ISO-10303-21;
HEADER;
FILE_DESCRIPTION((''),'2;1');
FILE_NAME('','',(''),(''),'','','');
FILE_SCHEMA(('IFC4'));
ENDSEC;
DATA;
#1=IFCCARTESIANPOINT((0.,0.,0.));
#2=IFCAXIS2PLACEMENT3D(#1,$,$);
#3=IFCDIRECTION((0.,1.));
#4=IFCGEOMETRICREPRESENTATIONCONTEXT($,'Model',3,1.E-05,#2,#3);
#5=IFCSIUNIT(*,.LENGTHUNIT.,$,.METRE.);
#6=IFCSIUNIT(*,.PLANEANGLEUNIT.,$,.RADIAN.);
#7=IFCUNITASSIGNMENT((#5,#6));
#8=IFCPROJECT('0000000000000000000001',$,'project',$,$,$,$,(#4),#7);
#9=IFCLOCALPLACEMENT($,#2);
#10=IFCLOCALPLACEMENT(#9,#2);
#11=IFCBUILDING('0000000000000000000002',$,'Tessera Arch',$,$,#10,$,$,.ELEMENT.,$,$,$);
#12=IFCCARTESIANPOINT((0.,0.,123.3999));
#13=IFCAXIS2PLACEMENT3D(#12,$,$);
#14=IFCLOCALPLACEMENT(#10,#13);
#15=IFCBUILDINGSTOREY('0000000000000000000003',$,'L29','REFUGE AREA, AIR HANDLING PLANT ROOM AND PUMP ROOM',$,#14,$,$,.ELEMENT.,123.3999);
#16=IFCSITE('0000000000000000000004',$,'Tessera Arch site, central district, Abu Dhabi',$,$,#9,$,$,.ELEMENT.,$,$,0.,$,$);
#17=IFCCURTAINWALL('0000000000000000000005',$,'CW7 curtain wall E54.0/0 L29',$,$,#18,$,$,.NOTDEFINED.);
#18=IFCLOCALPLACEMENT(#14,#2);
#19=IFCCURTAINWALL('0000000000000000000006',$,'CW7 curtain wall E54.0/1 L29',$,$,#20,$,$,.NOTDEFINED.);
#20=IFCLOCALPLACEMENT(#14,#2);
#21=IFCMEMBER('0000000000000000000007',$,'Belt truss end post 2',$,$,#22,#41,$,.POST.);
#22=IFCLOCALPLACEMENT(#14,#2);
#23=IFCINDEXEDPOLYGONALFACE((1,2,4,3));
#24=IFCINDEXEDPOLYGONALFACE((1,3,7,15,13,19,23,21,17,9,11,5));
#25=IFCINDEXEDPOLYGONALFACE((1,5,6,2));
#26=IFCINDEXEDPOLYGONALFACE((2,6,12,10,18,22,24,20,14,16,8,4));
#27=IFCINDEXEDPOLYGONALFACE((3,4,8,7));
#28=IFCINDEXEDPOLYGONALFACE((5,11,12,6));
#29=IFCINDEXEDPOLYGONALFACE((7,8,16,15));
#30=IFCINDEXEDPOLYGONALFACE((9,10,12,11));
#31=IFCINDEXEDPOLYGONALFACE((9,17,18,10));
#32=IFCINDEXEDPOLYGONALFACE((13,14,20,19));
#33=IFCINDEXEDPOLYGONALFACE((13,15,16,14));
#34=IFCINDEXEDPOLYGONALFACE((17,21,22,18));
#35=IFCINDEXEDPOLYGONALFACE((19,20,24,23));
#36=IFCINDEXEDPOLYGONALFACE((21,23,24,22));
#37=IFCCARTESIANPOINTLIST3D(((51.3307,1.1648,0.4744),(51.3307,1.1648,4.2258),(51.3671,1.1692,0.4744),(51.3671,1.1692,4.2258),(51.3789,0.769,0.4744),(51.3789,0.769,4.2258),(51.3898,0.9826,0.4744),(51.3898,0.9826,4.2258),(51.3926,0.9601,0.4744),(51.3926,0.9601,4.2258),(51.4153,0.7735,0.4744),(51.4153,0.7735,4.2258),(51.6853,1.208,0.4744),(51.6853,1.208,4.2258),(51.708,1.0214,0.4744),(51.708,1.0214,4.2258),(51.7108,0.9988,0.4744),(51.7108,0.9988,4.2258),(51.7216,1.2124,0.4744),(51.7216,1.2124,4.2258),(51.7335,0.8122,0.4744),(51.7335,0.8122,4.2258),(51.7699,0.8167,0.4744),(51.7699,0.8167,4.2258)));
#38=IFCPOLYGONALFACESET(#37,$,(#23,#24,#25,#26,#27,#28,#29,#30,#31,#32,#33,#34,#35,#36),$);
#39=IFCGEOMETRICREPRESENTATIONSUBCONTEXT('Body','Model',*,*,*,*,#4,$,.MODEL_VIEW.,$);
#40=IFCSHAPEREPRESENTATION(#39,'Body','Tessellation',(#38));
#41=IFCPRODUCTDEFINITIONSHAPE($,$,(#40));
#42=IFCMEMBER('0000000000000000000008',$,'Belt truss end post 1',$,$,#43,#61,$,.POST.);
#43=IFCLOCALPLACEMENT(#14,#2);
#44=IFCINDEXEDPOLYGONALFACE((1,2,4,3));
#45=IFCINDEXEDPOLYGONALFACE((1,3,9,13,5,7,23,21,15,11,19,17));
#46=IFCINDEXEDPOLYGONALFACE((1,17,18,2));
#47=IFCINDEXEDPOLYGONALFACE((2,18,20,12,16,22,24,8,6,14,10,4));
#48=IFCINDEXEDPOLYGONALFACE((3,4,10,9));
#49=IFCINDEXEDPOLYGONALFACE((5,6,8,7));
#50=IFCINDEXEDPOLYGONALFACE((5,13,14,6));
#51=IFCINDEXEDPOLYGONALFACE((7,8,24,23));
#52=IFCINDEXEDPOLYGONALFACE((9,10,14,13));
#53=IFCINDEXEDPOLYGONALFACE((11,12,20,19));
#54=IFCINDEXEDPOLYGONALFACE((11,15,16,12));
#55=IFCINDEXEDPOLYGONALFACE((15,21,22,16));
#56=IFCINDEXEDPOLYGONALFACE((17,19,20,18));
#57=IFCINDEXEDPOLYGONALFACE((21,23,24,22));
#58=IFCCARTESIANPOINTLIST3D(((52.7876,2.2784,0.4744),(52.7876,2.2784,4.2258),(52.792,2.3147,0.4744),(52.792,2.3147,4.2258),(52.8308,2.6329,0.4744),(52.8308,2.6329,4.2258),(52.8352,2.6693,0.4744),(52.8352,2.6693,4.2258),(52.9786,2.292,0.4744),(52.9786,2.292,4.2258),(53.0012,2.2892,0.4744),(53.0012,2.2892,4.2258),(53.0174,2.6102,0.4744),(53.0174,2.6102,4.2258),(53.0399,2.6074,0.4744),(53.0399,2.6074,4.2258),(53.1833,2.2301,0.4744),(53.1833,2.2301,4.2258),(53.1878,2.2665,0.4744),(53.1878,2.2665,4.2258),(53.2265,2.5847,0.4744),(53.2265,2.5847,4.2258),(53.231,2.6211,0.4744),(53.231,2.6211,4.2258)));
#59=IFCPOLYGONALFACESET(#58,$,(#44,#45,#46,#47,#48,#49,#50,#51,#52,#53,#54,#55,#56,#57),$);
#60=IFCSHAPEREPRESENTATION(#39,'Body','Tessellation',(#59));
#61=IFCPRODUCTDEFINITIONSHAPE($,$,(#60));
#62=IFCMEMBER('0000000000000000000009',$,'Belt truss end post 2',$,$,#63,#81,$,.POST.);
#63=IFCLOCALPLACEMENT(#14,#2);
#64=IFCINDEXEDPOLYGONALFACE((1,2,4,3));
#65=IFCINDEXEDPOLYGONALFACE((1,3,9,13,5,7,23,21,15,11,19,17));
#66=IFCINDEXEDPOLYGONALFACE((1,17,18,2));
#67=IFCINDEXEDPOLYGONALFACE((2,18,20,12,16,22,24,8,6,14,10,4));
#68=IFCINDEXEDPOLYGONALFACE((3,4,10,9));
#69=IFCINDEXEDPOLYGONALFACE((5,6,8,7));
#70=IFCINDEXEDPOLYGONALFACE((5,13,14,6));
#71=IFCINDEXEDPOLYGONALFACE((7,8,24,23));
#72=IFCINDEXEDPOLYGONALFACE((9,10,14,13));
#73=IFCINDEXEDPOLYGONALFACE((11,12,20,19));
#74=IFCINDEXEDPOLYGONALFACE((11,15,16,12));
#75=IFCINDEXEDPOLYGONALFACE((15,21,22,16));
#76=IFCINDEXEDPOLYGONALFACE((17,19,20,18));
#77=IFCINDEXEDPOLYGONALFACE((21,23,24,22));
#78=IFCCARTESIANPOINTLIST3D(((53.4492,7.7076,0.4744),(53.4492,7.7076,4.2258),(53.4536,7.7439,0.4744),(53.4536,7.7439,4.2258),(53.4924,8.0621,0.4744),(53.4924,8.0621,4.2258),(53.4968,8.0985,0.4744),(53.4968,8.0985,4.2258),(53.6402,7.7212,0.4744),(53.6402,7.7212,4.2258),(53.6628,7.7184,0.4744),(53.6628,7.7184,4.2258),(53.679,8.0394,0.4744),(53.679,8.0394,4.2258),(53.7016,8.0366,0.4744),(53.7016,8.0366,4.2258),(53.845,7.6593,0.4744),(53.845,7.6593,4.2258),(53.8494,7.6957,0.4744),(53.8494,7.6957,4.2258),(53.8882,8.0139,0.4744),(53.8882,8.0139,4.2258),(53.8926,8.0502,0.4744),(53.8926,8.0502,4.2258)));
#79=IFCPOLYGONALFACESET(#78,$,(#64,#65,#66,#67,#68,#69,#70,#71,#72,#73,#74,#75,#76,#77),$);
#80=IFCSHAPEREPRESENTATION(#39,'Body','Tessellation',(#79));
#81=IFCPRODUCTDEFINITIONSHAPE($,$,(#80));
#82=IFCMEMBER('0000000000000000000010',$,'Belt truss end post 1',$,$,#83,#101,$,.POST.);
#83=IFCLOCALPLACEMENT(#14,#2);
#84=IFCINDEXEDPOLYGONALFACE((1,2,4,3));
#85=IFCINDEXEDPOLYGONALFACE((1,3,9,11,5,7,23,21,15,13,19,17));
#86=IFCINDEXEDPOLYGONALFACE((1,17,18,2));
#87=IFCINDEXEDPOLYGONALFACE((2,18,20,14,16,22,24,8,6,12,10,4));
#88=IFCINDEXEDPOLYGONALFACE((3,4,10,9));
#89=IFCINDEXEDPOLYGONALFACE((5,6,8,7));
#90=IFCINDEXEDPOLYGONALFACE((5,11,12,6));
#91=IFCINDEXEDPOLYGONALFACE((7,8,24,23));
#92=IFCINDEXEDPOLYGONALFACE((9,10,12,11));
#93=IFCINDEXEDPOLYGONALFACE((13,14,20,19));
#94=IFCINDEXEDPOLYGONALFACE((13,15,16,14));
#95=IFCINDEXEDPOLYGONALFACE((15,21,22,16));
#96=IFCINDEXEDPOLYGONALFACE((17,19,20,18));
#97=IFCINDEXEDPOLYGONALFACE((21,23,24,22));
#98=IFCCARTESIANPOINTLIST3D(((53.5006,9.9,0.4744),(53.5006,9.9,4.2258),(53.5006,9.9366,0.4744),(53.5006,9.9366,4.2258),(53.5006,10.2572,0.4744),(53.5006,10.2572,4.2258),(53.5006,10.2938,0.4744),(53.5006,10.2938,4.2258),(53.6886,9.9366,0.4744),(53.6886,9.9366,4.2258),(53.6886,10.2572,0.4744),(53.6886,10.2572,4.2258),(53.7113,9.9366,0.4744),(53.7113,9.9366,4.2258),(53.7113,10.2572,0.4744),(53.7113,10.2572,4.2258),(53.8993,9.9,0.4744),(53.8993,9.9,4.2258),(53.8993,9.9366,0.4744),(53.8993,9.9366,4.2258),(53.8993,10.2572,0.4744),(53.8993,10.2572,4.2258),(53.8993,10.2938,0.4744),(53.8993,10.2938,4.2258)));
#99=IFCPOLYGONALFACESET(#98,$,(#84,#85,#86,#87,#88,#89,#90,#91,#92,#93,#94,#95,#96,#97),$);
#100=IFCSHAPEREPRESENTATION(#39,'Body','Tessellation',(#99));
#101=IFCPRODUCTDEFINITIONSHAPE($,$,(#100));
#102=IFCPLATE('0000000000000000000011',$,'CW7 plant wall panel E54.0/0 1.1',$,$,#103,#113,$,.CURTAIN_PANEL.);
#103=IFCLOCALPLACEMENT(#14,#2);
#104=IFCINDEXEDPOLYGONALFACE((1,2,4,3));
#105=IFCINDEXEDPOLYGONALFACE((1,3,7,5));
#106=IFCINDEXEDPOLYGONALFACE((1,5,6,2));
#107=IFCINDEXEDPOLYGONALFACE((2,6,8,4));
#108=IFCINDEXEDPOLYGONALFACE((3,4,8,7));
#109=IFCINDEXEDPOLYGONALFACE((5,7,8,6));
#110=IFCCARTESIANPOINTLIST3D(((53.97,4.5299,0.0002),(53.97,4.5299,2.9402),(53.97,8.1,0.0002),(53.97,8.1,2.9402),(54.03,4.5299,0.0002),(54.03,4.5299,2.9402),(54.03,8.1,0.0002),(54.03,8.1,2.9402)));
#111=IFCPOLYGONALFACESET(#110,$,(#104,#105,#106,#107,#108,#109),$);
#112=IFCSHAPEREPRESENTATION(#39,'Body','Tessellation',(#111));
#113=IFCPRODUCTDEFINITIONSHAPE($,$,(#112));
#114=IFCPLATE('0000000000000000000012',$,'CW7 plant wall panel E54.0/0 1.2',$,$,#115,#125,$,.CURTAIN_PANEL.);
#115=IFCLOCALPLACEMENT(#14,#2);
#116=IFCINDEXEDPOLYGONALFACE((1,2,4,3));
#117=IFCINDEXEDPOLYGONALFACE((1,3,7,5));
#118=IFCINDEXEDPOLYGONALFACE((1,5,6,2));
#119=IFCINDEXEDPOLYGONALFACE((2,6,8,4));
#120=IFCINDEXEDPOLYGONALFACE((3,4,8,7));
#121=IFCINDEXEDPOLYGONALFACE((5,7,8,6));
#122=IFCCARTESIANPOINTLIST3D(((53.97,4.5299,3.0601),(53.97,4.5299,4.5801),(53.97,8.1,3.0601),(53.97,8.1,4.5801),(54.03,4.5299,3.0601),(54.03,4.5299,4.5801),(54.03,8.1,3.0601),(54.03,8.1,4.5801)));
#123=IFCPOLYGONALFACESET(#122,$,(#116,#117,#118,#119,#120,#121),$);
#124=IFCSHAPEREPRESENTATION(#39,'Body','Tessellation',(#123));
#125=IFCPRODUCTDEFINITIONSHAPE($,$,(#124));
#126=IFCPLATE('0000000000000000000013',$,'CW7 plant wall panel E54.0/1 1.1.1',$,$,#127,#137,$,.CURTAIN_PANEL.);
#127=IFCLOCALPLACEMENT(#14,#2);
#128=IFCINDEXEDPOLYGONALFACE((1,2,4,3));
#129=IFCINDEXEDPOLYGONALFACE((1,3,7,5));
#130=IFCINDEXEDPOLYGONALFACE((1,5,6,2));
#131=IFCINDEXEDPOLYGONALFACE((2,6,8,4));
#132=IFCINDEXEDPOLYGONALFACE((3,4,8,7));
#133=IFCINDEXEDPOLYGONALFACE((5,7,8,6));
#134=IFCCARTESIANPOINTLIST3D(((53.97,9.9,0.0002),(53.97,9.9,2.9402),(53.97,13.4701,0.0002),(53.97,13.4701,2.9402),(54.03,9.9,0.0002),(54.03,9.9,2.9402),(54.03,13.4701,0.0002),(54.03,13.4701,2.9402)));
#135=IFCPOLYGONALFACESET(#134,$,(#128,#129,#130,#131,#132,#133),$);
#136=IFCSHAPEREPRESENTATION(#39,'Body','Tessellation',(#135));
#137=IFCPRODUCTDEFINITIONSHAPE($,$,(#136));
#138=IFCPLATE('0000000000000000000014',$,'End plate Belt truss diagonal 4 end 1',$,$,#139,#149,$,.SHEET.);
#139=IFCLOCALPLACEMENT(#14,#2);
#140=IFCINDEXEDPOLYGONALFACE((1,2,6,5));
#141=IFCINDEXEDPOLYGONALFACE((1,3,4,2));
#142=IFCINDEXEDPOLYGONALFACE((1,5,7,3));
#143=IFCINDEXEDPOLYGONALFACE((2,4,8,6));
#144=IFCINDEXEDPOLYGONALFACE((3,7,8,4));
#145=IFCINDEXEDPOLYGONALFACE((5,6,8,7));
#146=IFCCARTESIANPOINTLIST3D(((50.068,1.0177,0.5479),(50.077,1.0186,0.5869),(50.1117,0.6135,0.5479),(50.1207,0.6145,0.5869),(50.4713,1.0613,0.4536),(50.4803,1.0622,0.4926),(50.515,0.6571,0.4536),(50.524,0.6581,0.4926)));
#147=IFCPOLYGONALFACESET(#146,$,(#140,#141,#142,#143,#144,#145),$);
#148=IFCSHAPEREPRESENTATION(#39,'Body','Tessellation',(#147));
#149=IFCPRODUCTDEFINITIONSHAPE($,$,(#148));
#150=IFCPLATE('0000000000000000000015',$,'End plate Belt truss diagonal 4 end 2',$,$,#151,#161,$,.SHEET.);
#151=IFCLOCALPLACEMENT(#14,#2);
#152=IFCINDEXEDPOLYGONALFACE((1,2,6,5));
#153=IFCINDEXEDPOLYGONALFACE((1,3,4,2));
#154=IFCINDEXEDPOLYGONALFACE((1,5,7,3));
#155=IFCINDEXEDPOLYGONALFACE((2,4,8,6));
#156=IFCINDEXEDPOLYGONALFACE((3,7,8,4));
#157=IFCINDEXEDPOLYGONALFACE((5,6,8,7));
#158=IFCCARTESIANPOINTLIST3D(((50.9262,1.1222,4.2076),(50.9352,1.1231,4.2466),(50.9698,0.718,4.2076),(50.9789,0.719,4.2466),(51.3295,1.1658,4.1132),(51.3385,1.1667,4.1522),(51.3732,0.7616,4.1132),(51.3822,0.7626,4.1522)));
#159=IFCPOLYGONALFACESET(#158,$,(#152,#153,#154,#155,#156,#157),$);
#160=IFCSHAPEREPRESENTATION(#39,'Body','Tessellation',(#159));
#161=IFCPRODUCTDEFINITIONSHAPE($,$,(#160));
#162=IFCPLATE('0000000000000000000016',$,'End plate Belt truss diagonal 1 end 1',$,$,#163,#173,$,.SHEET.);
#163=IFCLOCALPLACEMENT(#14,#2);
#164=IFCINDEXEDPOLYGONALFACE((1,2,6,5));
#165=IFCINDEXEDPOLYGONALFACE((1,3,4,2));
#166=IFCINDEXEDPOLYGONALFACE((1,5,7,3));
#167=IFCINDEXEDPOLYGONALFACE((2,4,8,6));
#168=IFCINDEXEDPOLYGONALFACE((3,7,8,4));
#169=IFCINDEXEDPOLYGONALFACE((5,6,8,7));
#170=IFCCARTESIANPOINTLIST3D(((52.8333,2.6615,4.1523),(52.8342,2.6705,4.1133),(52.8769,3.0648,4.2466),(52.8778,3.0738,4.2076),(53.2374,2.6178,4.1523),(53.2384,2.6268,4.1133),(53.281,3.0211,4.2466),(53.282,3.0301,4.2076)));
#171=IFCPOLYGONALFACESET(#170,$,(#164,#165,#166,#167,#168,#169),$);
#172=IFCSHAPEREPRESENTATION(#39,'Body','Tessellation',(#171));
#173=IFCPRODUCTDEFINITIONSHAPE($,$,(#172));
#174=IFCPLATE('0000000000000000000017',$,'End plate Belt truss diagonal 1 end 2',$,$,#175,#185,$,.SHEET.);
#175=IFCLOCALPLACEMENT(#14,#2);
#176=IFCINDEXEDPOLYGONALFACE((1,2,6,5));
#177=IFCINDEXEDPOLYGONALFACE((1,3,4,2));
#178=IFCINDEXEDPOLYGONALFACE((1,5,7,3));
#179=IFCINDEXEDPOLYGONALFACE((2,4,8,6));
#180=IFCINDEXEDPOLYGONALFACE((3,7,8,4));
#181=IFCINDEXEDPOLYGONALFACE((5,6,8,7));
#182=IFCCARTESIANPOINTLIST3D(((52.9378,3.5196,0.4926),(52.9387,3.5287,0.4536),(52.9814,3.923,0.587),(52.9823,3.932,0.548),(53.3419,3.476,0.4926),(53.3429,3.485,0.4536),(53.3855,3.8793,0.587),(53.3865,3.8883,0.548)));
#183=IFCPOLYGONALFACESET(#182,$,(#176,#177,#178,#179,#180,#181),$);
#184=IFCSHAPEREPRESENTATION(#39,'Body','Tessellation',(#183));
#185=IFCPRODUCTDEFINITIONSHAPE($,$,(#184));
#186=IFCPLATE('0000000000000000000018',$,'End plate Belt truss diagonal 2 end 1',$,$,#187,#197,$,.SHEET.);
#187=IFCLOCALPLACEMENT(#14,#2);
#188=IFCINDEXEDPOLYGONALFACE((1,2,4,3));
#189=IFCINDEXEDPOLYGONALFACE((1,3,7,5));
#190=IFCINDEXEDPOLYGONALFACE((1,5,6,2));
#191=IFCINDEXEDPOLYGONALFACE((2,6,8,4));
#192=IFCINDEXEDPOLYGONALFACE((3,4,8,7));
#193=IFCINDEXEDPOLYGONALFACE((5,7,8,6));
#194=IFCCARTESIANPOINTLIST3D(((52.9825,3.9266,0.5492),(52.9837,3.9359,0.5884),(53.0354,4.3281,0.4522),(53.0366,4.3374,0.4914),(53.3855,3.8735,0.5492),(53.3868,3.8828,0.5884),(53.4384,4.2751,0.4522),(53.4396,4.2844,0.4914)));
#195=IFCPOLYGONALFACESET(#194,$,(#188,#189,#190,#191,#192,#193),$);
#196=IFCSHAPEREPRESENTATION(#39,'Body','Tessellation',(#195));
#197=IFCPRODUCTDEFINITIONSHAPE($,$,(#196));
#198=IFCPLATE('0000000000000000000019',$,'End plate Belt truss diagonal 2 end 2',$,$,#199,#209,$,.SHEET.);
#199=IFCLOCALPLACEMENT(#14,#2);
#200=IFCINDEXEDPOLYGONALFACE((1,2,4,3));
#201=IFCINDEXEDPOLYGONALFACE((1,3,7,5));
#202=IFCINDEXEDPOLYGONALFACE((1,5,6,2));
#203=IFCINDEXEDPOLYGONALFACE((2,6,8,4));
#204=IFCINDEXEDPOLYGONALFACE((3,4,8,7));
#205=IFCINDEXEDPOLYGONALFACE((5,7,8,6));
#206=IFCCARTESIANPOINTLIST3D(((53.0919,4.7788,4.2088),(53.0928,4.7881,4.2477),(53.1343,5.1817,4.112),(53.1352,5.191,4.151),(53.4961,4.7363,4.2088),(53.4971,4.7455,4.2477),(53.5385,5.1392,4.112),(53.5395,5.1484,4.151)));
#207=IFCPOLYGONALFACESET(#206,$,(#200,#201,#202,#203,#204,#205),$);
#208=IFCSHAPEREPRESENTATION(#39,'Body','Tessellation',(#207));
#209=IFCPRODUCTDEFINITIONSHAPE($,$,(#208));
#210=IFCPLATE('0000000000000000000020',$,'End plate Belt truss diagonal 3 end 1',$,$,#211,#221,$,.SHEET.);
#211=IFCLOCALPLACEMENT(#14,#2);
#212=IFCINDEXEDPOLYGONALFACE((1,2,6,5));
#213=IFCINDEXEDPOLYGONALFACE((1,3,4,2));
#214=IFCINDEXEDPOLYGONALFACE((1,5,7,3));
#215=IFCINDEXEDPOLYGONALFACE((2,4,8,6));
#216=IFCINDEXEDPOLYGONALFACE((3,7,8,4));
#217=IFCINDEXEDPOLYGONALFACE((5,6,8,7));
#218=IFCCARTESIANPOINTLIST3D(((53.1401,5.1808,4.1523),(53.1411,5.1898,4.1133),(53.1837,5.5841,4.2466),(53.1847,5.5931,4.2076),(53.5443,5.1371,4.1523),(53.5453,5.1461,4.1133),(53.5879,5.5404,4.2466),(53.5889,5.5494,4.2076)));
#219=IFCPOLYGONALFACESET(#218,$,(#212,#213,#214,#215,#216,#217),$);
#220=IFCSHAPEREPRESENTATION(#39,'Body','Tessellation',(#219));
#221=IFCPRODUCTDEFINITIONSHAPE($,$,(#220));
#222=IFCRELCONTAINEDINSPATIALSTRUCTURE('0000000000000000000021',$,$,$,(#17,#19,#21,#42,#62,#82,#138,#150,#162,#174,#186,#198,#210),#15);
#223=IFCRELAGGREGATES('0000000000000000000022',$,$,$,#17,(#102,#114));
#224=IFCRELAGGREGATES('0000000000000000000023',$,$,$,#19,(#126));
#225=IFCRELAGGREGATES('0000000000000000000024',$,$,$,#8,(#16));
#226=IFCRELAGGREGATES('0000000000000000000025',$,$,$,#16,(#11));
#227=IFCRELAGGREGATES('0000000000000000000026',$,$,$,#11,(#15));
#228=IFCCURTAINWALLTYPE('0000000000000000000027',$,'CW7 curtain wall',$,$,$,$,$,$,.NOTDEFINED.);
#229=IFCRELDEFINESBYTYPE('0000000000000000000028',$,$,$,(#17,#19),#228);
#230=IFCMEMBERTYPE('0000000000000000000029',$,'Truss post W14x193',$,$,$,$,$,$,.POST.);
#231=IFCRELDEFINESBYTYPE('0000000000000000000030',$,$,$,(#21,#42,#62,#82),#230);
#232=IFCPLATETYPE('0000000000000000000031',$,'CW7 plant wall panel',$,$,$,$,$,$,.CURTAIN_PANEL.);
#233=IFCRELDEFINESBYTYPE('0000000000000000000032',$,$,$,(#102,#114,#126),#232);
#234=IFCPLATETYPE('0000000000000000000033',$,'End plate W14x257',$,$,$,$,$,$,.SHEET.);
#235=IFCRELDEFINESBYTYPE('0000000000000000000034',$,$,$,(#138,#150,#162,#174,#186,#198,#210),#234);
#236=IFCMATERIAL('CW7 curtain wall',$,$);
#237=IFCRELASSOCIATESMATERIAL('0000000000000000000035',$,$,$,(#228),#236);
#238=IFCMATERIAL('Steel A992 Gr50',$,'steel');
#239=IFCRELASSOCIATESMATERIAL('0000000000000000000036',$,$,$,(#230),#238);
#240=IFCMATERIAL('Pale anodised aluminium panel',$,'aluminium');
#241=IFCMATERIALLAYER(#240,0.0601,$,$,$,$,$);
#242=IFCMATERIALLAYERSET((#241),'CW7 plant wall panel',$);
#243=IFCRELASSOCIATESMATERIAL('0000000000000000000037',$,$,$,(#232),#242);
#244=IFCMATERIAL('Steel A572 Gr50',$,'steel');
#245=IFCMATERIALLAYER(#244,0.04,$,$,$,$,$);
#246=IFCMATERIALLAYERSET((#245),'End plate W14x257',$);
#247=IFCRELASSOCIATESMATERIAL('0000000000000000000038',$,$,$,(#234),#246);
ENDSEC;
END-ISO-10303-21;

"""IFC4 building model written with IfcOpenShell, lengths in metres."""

from ifc_helpers import new_model, si_unit, direction, frame, origin, origin_2d, place, context, subcontext, project, spatial, rectangle, i_section, extrude, material, layer, layer_set, material_profile, profile_set, type_object, element, aggregate, save


model = new_model("IFC4")

# Units and contexts
model_context = context("Model", 3, precision=1e-05, world=origin(), true_north=direction((0.0, 1.0)))
body_context = subcontext(model_context, "Body", "Model", "MODEL_VIEW")
ifc_project = project(units=[si_unit("LENGTHUNIT", "METRE"), si_unit("PLANEANGLEUNIT", "RADIAN")], contexts=[model_context])

# Site, building, storey
site_placement = place(None, origin())
site = spatial("IfcSite", under=ifc_project, at=site_placement, Name="Tessera Arch site, central district, Abu Dhabi", CompositionType="ELEMENT", RefElevation=0.0)
building_placement = place(site_placement, origin())
building = spatial("IfcBuilding", under=site, at=building_placement, Name="Tessera Arch", CompositionType="ELEMENT")
storey_placement = place(building_placement, frame((0.0, 0.0, 123.3999)))
storey = spatial("IfcBuildingStorey", under=building, at=storey_placement, Name="L29", Description="REFUGE AREA, AIR HANDLING PLANT ROOM AND PUMP ROOM", CompositionType="ELEMENT", Elevation=123.3999)

# Curtain wall
ifc_material_1 = material(Name="CW7 curtain wall")
curtain_wall_type = type_object("IfcCurtainWallType", Name="CW7 curtain wall", PredefinedType="NOTDEFINED", material=ifc_material_1)
curtain_wall_1_placement = place(storey_placement, origin())
curtain_wall_1 = element("IfcCurtainWall", 1, at=curtain_wall_1_placement, inside=storey, type_object=curtain_wall_type, Name="CW7 curtain wall E54.0/0 L29", PredefinedType="NOTDEFINED")

# Curtain wall
curtain_wall_2_placement = place(storey_placement, origin())
curtain_wall_2 = element("IfcCurtainWall", 2, at=curtain_wall_2_placement, inside=storey, type_object=curtain_wall_type, Name="CW7 curtain wall E54.0/1 L29", PredefinedType="NOTDEFINED")

# Members
ifc_material_2 = material(Name="Steel A992 Gr50", Category="steel")
ifc_material_profile_1 = material_profile(ifc_material_2, i_section(OverallWidth=0.3987, OverallDepth=0.3938, WebThickness=0.0227, FlangeThickness=0.0366, at=origin_2d()), Name="W14x193")
ifc_profile_set_1 = profile_set([ifc_material_profile_1], Name="Steel A992 Gr50")
member_type_1 = type_object("IfcMemberType", Name="Truss post W14x193", PredefinedType="POST", material=ifc_profile_set_1)
for number, where, z_axis, x_axis, name in (
    (3, (51.5503, 0.9907, 0.4744), (0.0, 0.0, 1.0), (-0.120952, 0.992658, 0.0), "Belt truss end post 2"),
    (4, (53.0093, 2.4497, 0.4744), (0.0, 0.0, 1.0), (-0.992658, 0.120952, 0.0), "Belt truss end post 1"),
    (5, (53.6709, 7.8789, 0.4744), (0.0, 0.0, 1.0), (-0.992658, 0.120952, 0.0), "Belt truss end post 2"),
    (6, (53.7, 10.0969, 0.4744), (0.0, 0.0, 1.0), (1.0, 0.0, 0.0), "Belt truss end post 1"),
):
    element("IfcMember", number, at=place(storey_placement, frame(where, z_axis=z_axis, x_axis=x_axis)), inside=storey, type_object=member_type_1, Name=name, PredefinedType="POST", context=body_context, shape_type="SweptSolid", body=[
        extrude(i_section(OverallWidth=0.3987, OverallDepth=0.3938, WebThickness=0.0227, FlangeThickness=0.0366, at=origin_2d()), origin(), (0.0, 0.0, 1.0), 3.7515),
    ])

# Plates
ifc_material_3 = material(Name="Pale anodised aluminium panel", Category="aluminium")
ifc_layer_1 = layer(ifc_material_3, 0.0601)
ifc_layer_set_1 = layer_set([ifc_layer_1], Name="CW7 plant wall panel")
plate_type_1 = type_object("IfcPlateType", Name="CW7 plant wall panel", PredefinedType="CURTAIN_PANEL", material=ifc_layer_set_1)
plate_1_placement = place(storey_placement, frame((54.0, 6.3149, 0.0002), z_axis=(0.0, 0.0, 1.0), x_axis=(0.0, 1.0, 0.0)))
plate_1 = element("IfcPlate", 7, at=plate_1_placement, type_object=plate_type_1, Name="CW7 plant wall panel E54.0/0 1.1", PredefinedType="CURTAIN_PANEL", context=body_context, shape_type="SweptSolid", body=[
    extrude(rectangle(XDim=3.5701, YDim=0.0601, at=origin_2d()), origin(), (0.0, 0.0, 1.0), 2.9399),
])
plate_2_placement = place(storey_placement, frame((54.0, 6.3149, 3.0601), z_axis=(0.0, 0.0, 1.0), x_axis=(0.0, 1.0, 0.0)))
plate_2 = element("IfcPlate", 8, at=plate_2_placement, type_object=plate_type_1, Name="CW7 plant wall panel E54.0/0 1.2", PredefinedType="CURTAIN_PANEL", context=body_context, shape_type="SweptSolid", body=[
    extrude(rectangle(XDim=3.5701, YDim=0.0601, at=origin_2d()), origin(), (0.0, 0.0, 1.0), 1.52),
])
aggregate(curtain_wall_1, [plate_1, plate_2])
plate_3_placement = place(storey_placement, frame((54.0, 11.6851, 0.0002), z_axis=(0.0, 0.0, 1.0), x_axis=(0.0, 1.0, 0.0)))
plate_3 = element("IfcPlate", 9, at=plate_3_placement, type_object=plate_type_1, Name="CW7 plant wall panel E54.0/1 1.1.1", PredefinedType="CURTAIN_PANEL", context=body_context, shape_type="SweptSolid", body=[
    extrude(rectangle(XDim=3.5701, YDim=0.0601, at=origin_2d()), origin(), (0.0, 0.0, 1.0), 2.9399),
])
aggregate(curtain_wall_2, [plate_3])

# Plates
ifc_material_4 = material(Name="Steel A572 Gr50", Category="steel")
ifc_layer_2 = layer(ifc_material_4, 0.04)
ifc_layer_set_2 = layer_set([ifc_layer_2], Name="End plate W14x257")
plate_type_2 = type_object("IfcPlateType", Name="End plate W14x257", PredefinedType="SHEET", material=ifc_layer_set_2)
for number, where, z_axis, x_axis, name in (
    (10, (50.2915, 0.8374, 0.5007), (0.225237, 0.02435, 0.974), (-0.107482, 0.994207, 0.0), "End plate Belt truss diagonal 4 end 1"),
    (11, (51.1497, 0.9419, 4.1604), (0.225237, 0.02435, 0.974), (-0.107482, 0.994207, 0.0), "End plate Belt truss diagonal 4 end 2"),
    (12, (53.0571, 2.8413, 4.1995), (0.02435, 0.225237, -0.974), (-0.994207, 0.107482, 0.0), "End plate Belt truss diagonal 1 end 1"),
    (13, (53.1616, 3.6995, 0.5398), (0.02435, 0.225237, -0.974), (-0.994207, 0.107482, 0.0), "End plate Belt truss diagonal 1 end 2"),
):
    element("IfcPlate", number, at=place(storey_placement, frame(where, z_axis=z_axis, x_axis=x_axis)), inside=storey, type_object=plate_type_2, Name=name, PredefinedType="SHEET", context=body_context, shape_type="SweptSolid", body=[
        extrude(rectangle(XDim=0.4065, YDim=0.4165, at=origin_2d()), origin(), (0.0, 0.0, 1.0), 0.04),
    ])
plate_4_placement = place(storey_placement, frame((53.2104, 4.1008, 0.5007), z_axis=(0.03039, 0.230966, 0.972487), x_axis=(-0.991454, 0.130455, 0.0)))
element("IfcPlate", 14, at=plate_4_placement, inside=storey, type_object=plate_type_2, Name="End plate Belt truss diagonal 2 end 1", PredefinedType="SHEET", context=body_context, shape_type="SweptSolid", body=[
    extrude(rectangle(XDim=0.4065, YDim=0.4165, at=origin_2d()), origin(), (0.0, 0.0, 1.0), 0.0403),
])
for number, where, z_axis, x_axis, name in (
    (15, (53.3152, 4.959, 4.1604), (0.024316, 0.231004, 0.972649), (-0.994505, 0.104685, 0.0), "End plate Belt truss diagonal 2 end 2"),
    (16, (53.364, 5.3606, 4.1995), (0.02435, 0.225237, -0.974), (-0.994207, 0.107482, 0.0), "End plate Belt truss diagonal 3 end 1"),
):
    element("IfcPlate", number, at=place(storey_placement, frame(where, z_axis=z_axis, x_axis=x_axis)), inside=storey, type_object=plate_type_2, Name=name, PredefinedType="SHEET", context=body_context, shape_type="SweptSolid", body=[
        extrude(rectangle(XDim=0.4065, YDim=0.4165, at=origin_2d()), origin(), (0.0, 0.0, 1.0), 0.04),
    ])

save(model, "model.ifc")
